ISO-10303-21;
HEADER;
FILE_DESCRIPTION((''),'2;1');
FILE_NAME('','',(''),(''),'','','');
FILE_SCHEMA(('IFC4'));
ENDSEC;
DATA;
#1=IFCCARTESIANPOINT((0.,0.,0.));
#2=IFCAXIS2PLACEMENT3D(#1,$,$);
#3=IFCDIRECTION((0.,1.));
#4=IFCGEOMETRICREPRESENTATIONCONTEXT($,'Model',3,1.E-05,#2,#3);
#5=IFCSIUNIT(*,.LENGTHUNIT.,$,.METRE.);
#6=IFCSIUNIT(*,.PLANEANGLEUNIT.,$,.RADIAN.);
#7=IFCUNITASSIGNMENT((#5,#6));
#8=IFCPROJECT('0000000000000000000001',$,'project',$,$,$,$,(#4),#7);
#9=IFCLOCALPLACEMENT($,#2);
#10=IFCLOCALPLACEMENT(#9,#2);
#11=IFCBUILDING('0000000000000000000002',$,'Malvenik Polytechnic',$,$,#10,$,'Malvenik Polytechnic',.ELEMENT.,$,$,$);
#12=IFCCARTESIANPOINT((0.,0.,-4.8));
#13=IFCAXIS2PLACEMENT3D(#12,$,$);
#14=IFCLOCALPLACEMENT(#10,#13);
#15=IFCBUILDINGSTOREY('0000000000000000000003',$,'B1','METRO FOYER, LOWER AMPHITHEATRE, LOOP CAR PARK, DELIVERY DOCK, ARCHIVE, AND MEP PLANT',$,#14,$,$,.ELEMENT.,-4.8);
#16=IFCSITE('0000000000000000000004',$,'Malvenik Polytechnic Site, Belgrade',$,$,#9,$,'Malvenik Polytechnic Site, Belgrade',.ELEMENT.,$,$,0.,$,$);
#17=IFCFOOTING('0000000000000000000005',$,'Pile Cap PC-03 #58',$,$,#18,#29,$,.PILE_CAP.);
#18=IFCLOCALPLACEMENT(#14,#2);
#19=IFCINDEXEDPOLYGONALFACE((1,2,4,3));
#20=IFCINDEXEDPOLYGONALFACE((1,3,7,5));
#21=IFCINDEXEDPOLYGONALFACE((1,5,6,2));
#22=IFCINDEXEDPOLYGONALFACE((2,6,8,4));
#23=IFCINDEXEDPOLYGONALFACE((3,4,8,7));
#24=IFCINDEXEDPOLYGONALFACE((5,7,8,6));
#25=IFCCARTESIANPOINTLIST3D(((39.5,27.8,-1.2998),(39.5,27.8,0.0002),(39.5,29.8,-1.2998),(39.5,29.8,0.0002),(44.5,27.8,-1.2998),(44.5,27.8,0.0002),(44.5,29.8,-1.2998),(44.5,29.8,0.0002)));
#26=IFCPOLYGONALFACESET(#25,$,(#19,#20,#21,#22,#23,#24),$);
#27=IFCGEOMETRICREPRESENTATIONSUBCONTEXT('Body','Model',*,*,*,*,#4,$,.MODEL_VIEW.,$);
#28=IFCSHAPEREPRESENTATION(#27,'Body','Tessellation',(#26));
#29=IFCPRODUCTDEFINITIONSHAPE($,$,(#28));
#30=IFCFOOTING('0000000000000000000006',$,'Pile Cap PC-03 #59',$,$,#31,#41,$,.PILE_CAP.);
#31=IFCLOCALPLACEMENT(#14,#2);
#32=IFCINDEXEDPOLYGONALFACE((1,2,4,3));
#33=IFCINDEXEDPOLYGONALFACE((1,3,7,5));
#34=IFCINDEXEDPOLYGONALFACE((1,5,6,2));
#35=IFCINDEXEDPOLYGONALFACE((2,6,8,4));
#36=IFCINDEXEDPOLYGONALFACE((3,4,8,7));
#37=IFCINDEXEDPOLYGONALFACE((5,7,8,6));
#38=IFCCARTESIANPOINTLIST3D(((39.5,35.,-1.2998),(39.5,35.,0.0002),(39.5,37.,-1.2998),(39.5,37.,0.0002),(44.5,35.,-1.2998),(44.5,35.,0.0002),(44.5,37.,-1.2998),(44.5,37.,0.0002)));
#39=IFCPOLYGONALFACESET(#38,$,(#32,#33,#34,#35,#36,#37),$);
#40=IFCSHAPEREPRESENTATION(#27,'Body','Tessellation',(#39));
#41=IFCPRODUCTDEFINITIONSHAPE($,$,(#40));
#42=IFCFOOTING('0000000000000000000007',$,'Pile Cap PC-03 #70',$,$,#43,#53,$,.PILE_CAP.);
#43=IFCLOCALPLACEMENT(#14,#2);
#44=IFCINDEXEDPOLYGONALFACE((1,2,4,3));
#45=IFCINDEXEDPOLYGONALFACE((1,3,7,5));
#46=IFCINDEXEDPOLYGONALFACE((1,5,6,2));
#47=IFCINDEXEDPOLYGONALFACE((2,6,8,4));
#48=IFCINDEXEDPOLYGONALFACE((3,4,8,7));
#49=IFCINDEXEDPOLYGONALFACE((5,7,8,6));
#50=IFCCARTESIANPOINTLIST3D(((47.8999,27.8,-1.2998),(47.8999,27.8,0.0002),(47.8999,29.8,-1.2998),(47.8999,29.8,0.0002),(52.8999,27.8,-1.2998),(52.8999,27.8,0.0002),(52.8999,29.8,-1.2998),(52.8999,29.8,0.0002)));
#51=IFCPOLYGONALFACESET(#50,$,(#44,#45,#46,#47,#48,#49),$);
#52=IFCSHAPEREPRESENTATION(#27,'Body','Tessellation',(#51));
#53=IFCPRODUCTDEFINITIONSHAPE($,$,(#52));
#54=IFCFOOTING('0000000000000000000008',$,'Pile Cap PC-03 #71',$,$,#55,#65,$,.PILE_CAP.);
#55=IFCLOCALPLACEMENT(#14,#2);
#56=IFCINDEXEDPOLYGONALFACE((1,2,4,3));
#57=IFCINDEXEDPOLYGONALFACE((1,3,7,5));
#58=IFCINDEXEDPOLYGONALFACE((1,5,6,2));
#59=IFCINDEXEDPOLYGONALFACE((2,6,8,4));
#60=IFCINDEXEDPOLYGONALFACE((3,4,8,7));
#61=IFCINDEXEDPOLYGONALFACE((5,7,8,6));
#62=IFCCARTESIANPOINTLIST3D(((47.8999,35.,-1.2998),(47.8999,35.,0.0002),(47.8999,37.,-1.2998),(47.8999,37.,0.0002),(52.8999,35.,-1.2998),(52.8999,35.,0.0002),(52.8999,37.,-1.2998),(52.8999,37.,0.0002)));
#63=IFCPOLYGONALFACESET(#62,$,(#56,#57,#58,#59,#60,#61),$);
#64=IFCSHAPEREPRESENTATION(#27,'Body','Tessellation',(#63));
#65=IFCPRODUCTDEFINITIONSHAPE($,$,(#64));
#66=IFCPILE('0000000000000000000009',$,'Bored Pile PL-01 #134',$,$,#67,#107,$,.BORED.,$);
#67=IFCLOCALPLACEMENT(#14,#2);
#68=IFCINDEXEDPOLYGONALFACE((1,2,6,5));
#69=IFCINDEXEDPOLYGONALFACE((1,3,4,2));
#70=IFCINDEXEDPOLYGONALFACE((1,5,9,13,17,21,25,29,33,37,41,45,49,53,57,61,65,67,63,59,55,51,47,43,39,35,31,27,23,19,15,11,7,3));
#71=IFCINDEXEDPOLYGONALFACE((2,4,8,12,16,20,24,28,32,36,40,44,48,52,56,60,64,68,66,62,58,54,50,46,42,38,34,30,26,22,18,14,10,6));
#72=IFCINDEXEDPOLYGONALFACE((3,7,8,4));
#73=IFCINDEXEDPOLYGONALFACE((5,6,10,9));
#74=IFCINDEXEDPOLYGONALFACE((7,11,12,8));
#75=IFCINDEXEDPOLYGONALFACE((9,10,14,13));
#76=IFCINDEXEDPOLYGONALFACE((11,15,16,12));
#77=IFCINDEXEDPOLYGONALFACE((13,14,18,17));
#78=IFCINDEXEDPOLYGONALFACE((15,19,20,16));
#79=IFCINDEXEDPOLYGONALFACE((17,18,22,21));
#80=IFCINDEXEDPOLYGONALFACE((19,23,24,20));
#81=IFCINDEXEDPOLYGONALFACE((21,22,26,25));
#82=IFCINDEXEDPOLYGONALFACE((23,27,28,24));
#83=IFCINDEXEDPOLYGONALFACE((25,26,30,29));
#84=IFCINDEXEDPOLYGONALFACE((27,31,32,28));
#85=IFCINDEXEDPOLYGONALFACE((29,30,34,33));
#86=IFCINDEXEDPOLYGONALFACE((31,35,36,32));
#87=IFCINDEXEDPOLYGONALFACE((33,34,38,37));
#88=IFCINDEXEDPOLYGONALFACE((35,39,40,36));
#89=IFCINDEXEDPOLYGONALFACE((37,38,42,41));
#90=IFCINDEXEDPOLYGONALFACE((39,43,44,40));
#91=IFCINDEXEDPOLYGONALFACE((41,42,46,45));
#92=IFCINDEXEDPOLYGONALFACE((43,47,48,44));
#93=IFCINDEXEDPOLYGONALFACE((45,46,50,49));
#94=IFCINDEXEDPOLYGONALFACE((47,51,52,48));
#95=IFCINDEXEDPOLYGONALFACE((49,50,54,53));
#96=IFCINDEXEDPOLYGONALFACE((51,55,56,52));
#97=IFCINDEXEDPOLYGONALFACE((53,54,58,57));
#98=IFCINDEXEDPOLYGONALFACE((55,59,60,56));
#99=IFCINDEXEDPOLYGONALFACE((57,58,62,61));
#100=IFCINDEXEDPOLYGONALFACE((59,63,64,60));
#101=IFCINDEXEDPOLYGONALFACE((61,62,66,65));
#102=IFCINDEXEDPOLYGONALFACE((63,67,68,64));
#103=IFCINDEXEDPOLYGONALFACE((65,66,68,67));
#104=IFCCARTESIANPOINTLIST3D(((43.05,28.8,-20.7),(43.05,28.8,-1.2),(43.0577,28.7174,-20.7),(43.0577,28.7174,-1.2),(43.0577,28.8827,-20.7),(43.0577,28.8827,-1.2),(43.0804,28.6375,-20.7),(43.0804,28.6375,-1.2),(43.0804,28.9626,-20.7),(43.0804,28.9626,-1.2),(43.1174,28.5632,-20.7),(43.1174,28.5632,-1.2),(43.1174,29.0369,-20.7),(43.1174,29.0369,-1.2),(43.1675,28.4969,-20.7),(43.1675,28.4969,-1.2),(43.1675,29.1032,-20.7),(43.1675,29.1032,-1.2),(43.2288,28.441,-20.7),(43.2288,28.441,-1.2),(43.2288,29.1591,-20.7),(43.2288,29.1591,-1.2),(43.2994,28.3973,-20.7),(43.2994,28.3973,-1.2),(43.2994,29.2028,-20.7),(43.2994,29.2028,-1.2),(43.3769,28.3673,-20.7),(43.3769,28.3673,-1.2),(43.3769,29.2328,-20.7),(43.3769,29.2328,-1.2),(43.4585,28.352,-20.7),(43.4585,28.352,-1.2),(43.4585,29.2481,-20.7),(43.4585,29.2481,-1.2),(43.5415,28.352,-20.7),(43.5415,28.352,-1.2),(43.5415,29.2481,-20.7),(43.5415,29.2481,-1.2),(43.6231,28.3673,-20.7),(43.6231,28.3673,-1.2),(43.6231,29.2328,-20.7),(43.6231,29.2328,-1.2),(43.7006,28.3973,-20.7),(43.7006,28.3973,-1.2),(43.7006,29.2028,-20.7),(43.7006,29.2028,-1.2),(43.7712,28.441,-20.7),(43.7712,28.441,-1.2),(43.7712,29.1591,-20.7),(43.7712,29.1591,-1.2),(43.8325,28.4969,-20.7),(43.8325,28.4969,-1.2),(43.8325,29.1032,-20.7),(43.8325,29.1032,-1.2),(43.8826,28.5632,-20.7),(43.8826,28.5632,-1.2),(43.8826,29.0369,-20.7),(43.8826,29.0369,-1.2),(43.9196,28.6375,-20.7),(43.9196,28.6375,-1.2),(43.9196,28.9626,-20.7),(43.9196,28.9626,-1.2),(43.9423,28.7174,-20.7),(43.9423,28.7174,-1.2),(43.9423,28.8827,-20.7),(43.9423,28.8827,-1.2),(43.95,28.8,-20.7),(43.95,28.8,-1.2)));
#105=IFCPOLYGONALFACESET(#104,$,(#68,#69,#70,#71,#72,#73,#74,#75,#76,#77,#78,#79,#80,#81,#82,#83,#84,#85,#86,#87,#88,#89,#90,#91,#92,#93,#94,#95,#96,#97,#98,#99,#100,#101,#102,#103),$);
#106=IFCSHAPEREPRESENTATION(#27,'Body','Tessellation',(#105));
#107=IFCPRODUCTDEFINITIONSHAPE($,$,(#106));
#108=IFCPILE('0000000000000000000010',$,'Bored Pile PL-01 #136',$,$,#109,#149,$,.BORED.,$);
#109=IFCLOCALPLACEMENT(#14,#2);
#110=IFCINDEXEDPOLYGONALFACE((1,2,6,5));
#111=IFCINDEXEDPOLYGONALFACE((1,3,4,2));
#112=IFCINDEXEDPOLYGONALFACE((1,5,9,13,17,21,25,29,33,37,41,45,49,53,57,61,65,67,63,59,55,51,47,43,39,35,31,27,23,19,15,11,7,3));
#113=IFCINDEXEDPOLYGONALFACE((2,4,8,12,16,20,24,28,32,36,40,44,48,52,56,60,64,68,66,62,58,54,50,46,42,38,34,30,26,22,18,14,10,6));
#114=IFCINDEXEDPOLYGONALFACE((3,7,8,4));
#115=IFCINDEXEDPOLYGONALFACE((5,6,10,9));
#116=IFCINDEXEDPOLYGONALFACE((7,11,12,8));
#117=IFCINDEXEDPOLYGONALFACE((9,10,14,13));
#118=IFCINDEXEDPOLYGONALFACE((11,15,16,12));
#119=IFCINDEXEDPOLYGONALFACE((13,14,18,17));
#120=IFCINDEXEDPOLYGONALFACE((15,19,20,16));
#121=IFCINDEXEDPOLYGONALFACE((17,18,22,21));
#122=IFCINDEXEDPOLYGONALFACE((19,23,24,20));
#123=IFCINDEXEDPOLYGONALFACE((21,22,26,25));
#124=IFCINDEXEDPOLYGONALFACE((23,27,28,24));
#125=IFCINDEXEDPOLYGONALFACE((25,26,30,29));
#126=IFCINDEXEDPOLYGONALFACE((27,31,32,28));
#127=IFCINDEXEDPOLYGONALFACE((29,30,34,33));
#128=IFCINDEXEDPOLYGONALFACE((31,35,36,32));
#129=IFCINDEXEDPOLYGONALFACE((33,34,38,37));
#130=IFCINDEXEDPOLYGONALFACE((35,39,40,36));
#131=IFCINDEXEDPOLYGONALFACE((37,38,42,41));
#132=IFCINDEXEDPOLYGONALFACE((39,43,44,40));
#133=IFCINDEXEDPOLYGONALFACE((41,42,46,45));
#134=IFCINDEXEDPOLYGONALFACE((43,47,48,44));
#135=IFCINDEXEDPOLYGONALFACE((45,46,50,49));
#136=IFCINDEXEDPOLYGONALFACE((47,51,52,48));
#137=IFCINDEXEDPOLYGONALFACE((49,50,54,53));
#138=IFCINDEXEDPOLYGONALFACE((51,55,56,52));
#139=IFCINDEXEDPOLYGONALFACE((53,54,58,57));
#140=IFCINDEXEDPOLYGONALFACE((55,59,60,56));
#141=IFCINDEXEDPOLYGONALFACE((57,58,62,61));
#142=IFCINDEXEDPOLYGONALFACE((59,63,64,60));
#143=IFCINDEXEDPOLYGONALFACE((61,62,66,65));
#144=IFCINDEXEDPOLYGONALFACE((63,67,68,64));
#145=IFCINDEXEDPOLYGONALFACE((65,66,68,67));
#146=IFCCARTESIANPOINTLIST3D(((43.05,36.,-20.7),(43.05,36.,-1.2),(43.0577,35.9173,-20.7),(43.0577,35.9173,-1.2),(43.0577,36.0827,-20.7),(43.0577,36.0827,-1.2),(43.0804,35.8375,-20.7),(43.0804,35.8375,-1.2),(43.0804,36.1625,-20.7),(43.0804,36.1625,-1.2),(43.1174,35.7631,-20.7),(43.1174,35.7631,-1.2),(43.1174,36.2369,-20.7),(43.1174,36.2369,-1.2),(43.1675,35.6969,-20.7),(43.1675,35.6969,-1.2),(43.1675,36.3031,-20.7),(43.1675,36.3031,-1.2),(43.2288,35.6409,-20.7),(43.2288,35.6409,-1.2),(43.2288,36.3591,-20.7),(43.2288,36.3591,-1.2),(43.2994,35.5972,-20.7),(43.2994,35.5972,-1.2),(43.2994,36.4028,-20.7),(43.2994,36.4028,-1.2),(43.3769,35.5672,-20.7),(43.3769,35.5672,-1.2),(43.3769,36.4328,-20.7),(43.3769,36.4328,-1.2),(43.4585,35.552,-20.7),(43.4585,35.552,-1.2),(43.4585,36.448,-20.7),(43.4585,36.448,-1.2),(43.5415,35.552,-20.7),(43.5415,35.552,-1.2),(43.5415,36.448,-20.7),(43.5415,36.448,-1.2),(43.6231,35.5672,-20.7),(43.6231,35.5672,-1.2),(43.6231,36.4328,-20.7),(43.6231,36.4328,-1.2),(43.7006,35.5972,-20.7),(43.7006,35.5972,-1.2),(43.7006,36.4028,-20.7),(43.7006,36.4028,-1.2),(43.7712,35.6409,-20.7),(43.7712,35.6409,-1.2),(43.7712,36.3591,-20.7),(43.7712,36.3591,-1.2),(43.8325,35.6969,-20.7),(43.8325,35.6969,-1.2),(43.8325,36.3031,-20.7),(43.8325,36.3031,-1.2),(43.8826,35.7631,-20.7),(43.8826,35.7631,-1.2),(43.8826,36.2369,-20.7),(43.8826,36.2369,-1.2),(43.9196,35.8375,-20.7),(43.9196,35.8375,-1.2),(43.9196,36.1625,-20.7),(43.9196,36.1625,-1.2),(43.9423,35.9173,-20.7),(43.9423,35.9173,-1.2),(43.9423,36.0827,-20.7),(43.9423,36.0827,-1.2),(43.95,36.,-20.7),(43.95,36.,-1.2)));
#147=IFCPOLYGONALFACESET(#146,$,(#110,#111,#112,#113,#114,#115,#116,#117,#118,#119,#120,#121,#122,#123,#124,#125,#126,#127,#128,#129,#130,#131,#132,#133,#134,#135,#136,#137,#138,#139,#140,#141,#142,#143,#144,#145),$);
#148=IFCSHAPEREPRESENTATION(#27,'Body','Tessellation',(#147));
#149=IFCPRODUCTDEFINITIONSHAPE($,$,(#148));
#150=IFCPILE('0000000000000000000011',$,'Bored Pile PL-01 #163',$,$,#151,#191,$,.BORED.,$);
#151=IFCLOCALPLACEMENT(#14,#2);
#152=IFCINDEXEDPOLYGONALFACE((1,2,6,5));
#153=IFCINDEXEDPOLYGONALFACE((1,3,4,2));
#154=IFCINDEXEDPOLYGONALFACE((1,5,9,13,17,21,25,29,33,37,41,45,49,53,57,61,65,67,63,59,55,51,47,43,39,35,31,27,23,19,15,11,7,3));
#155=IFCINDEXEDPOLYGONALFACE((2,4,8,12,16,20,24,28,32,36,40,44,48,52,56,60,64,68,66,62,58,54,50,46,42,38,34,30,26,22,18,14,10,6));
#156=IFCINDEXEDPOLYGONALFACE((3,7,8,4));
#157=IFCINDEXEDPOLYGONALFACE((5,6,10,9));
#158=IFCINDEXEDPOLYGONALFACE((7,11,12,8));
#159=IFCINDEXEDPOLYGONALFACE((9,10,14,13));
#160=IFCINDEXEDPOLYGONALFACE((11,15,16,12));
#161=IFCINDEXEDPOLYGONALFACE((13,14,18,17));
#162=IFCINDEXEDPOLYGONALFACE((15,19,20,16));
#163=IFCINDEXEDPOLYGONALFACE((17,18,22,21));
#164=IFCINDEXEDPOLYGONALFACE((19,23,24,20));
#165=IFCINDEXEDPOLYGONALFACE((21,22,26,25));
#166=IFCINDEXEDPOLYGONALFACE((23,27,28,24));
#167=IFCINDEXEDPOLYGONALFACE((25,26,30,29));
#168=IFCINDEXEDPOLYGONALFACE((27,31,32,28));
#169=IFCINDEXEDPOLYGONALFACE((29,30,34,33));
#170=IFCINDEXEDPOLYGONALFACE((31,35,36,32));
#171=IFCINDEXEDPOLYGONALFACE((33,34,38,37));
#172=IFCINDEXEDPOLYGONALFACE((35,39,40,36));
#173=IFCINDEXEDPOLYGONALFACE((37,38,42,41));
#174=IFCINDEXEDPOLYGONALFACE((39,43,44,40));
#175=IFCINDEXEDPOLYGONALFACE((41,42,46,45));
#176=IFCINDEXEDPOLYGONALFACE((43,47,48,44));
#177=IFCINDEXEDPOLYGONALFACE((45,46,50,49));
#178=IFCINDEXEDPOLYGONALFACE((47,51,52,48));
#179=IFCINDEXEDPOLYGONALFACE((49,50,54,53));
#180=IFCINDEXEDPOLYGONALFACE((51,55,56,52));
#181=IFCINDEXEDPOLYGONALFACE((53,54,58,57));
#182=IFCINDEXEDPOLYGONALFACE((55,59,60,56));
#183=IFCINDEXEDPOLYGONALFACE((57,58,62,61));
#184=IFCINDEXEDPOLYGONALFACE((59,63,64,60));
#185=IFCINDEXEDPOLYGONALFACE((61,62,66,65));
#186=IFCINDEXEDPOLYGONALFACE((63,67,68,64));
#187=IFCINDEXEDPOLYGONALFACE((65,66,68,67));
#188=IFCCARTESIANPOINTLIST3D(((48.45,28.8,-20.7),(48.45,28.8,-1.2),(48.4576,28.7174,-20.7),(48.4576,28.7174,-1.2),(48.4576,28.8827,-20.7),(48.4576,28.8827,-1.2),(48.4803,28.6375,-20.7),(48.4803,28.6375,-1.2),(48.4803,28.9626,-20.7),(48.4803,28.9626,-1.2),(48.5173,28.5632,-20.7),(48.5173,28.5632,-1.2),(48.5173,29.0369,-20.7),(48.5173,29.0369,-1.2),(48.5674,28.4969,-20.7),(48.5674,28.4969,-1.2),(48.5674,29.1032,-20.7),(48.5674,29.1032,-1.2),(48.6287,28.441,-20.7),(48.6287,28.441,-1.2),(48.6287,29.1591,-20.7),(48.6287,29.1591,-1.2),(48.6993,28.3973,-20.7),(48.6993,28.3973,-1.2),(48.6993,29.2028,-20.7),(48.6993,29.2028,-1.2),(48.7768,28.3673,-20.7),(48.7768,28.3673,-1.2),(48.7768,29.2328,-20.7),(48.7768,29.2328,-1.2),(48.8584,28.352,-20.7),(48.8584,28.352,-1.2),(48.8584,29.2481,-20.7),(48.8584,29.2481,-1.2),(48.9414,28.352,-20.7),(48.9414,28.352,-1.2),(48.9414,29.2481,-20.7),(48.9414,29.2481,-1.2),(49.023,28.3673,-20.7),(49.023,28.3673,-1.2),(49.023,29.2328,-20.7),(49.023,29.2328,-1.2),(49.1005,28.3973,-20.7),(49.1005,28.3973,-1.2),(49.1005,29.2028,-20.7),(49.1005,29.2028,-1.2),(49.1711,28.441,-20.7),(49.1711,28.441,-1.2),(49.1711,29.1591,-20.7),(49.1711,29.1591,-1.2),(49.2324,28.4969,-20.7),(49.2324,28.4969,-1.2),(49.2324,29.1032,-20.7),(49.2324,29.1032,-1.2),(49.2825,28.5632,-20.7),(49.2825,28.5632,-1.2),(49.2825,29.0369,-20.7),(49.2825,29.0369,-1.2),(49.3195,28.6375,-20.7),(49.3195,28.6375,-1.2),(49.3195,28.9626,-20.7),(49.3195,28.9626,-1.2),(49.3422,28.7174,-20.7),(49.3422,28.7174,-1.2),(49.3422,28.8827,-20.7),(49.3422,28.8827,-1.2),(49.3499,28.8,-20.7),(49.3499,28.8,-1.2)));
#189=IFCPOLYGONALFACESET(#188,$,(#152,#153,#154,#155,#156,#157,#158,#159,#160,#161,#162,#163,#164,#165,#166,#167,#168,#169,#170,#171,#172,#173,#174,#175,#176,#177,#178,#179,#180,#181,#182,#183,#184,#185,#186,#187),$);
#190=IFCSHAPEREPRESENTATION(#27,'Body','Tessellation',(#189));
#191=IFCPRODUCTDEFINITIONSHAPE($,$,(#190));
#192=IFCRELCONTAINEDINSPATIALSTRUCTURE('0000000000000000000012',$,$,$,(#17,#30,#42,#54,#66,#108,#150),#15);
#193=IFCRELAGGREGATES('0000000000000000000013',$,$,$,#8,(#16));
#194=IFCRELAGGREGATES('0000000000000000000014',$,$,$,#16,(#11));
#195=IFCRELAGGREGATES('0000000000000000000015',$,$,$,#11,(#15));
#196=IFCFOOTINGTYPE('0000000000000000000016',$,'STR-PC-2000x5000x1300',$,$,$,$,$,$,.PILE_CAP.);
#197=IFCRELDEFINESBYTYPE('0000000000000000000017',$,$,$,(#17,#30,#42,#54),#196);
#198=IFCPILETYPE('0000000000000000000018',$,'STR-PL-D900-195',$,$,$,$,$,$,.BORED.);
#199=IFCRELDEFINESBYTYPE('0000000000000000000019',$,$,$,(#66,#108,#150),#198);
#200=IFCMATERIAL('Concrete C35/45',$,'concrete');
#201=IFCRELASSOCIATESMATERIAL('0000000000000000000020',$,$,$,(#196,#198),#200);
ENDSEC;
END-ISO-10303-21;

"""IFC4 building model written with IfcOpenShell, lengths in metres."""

from ifc_helpers import new_model, si_unit, direction, frame, origin, origin_2d, place, context, subcontext, project, spatial, rectangle, circle, extrude, material, material_profile, profile_set, type_object, element, save


model = new_model("IFC4")

# Units and contexts
model_context = context("Model", 3, precision=1e-05, world=origin(), true_north=direction((0.0, 1.0)))
body_context = subcontext(model_context, "Body", "Model", "MODEL_VIEW")
ifc_project = project(units=[si_unit("LENGTHUNIT", "METRE"), si_unit("PLANEANGLEUNIT", "RADIAN")], contexts=[model_context])

# Site, building, storey
site_placement = place(None, origin())
site = spatial("IfcSite", under=ifc_project, at=site_placement, Name="Malvenik Polytechnic Site, Belgrade", LongName="Malvenik Polytechnic Site, Belgrade", CompositionType="ELEMENT", RefElevation=0.0)
building_placement = place(site_placement, origin())
building = spatial("IfcBuilding", under=site, at=building_placement, Name="Malvenik Polytechnic", LongName="Malvenik Polytechnic", CompositionType="ELEMENT")
storey_placement = place(building_placement, frame((0.0, 0.0, -4.8)))
storey = spatial("IfcBuildingStorey", under=building, at=storey_placement, Name="B1", Description="METRO FOYER, LOWER AMPHITHEATRE, LOOP CAR PARK, DELIVERY DOCK, ARCHIVE, AND MEP PLANT", CompositionType="ELEMENT", Elevation=-4.8)

# Footings
ifc_material_1 = material(Name="Concrete C35/45", Category="concrete")
footing_type = type_object("IfcFootingType", Name="STR-PC-2000x5000x1300", PredefinedType="PILE_CAP", material=ifc_material_1)
for number, where, z_axis, x_axis, name in (
    (1, (42.0, 28.8, -1.2998), (0.0, 0.0, 1.0), (1.0, 0.0, 0.0), "Pile Cap PC-03 #58"),
    (2, (42.0, 36.0, -1.2998), (0.0, 0.0, 1.0), (1.0, 0.0, 0.0), "Pile Cap PC-03 #59"),
    (3, (50.3999, 28.8, -1.2998), (0.0, 0.0, 1.0), (1.0, 0.0, 0.0), "Pile Cap PC-03 #70"),
    (4, (50.3999, 36.0, -1.2998), (0.0, 0.0, 1.0), (1.0, 0.0, 0.0), "Pile Cap PC-03 #71"),
):
    element("IfcFooting", number, at=place(storey_placement, frame(where, z_axis=z_axis, x_axis=x_axis)), inside=storey, type_object=footing_type, Name=name, PredefinedType="PILE_CAP", context=body_context, shape_type="SweptSolid", body=[
        extrude(rectangle(XDim=5.0, YDim=2.0, at=origin_2d()), origin(), (0.0, 0.0, 1.0), 1.3),
    ])

# Piles
ifc_material_profile_1 = material_profile(ifc_material_1, circle(Radius=0.45, at=origin_2d()), Name="BORED PILE D900")
ifc_profile_set_1 = profile_set([ifc_material_profile_1], Name="Concrete C35/45")
pile_type = type_object("IfcPileType", Name="STR-PL-D900-195", PredefinedType="BORED", material=ifc_profile_set_1)
for number, where, z_axis, x_axis, name in (
    (5, (43.5, 28.8, -1.2), (0.0, 0.0, -1.0), (1.0, 0.0, 0.0), "Bored Pile PL-01 #134"),
    (6, (43.5, 36.0, -1.2), (0.0, 0.0, -1.0), (1.0, 0.0, 0.0), "Bored Pile PL-01 #136"),
    (7, (48.8999, 28.8, -1.2), (0.0, 0.0, -1.0), (1.0, 0.0, 0.0), "Bored Pile PL-01 #163"),
):
    element("IfcPile", number, at=place(storey_placement, frame(where, z_axis=z_axis, x_axis=x_axis)), inside=storey, type_object=pile_type, Name=name, PredefinedType="BORED", context=body_context, shape_type="SweptSolid", body=[
        extrude(circle(Radius=0.45, at=origin_2d()), origin(), (0.0, 0.0, 1.0), 19.5),
    ])

save(model, "model.ifc")
